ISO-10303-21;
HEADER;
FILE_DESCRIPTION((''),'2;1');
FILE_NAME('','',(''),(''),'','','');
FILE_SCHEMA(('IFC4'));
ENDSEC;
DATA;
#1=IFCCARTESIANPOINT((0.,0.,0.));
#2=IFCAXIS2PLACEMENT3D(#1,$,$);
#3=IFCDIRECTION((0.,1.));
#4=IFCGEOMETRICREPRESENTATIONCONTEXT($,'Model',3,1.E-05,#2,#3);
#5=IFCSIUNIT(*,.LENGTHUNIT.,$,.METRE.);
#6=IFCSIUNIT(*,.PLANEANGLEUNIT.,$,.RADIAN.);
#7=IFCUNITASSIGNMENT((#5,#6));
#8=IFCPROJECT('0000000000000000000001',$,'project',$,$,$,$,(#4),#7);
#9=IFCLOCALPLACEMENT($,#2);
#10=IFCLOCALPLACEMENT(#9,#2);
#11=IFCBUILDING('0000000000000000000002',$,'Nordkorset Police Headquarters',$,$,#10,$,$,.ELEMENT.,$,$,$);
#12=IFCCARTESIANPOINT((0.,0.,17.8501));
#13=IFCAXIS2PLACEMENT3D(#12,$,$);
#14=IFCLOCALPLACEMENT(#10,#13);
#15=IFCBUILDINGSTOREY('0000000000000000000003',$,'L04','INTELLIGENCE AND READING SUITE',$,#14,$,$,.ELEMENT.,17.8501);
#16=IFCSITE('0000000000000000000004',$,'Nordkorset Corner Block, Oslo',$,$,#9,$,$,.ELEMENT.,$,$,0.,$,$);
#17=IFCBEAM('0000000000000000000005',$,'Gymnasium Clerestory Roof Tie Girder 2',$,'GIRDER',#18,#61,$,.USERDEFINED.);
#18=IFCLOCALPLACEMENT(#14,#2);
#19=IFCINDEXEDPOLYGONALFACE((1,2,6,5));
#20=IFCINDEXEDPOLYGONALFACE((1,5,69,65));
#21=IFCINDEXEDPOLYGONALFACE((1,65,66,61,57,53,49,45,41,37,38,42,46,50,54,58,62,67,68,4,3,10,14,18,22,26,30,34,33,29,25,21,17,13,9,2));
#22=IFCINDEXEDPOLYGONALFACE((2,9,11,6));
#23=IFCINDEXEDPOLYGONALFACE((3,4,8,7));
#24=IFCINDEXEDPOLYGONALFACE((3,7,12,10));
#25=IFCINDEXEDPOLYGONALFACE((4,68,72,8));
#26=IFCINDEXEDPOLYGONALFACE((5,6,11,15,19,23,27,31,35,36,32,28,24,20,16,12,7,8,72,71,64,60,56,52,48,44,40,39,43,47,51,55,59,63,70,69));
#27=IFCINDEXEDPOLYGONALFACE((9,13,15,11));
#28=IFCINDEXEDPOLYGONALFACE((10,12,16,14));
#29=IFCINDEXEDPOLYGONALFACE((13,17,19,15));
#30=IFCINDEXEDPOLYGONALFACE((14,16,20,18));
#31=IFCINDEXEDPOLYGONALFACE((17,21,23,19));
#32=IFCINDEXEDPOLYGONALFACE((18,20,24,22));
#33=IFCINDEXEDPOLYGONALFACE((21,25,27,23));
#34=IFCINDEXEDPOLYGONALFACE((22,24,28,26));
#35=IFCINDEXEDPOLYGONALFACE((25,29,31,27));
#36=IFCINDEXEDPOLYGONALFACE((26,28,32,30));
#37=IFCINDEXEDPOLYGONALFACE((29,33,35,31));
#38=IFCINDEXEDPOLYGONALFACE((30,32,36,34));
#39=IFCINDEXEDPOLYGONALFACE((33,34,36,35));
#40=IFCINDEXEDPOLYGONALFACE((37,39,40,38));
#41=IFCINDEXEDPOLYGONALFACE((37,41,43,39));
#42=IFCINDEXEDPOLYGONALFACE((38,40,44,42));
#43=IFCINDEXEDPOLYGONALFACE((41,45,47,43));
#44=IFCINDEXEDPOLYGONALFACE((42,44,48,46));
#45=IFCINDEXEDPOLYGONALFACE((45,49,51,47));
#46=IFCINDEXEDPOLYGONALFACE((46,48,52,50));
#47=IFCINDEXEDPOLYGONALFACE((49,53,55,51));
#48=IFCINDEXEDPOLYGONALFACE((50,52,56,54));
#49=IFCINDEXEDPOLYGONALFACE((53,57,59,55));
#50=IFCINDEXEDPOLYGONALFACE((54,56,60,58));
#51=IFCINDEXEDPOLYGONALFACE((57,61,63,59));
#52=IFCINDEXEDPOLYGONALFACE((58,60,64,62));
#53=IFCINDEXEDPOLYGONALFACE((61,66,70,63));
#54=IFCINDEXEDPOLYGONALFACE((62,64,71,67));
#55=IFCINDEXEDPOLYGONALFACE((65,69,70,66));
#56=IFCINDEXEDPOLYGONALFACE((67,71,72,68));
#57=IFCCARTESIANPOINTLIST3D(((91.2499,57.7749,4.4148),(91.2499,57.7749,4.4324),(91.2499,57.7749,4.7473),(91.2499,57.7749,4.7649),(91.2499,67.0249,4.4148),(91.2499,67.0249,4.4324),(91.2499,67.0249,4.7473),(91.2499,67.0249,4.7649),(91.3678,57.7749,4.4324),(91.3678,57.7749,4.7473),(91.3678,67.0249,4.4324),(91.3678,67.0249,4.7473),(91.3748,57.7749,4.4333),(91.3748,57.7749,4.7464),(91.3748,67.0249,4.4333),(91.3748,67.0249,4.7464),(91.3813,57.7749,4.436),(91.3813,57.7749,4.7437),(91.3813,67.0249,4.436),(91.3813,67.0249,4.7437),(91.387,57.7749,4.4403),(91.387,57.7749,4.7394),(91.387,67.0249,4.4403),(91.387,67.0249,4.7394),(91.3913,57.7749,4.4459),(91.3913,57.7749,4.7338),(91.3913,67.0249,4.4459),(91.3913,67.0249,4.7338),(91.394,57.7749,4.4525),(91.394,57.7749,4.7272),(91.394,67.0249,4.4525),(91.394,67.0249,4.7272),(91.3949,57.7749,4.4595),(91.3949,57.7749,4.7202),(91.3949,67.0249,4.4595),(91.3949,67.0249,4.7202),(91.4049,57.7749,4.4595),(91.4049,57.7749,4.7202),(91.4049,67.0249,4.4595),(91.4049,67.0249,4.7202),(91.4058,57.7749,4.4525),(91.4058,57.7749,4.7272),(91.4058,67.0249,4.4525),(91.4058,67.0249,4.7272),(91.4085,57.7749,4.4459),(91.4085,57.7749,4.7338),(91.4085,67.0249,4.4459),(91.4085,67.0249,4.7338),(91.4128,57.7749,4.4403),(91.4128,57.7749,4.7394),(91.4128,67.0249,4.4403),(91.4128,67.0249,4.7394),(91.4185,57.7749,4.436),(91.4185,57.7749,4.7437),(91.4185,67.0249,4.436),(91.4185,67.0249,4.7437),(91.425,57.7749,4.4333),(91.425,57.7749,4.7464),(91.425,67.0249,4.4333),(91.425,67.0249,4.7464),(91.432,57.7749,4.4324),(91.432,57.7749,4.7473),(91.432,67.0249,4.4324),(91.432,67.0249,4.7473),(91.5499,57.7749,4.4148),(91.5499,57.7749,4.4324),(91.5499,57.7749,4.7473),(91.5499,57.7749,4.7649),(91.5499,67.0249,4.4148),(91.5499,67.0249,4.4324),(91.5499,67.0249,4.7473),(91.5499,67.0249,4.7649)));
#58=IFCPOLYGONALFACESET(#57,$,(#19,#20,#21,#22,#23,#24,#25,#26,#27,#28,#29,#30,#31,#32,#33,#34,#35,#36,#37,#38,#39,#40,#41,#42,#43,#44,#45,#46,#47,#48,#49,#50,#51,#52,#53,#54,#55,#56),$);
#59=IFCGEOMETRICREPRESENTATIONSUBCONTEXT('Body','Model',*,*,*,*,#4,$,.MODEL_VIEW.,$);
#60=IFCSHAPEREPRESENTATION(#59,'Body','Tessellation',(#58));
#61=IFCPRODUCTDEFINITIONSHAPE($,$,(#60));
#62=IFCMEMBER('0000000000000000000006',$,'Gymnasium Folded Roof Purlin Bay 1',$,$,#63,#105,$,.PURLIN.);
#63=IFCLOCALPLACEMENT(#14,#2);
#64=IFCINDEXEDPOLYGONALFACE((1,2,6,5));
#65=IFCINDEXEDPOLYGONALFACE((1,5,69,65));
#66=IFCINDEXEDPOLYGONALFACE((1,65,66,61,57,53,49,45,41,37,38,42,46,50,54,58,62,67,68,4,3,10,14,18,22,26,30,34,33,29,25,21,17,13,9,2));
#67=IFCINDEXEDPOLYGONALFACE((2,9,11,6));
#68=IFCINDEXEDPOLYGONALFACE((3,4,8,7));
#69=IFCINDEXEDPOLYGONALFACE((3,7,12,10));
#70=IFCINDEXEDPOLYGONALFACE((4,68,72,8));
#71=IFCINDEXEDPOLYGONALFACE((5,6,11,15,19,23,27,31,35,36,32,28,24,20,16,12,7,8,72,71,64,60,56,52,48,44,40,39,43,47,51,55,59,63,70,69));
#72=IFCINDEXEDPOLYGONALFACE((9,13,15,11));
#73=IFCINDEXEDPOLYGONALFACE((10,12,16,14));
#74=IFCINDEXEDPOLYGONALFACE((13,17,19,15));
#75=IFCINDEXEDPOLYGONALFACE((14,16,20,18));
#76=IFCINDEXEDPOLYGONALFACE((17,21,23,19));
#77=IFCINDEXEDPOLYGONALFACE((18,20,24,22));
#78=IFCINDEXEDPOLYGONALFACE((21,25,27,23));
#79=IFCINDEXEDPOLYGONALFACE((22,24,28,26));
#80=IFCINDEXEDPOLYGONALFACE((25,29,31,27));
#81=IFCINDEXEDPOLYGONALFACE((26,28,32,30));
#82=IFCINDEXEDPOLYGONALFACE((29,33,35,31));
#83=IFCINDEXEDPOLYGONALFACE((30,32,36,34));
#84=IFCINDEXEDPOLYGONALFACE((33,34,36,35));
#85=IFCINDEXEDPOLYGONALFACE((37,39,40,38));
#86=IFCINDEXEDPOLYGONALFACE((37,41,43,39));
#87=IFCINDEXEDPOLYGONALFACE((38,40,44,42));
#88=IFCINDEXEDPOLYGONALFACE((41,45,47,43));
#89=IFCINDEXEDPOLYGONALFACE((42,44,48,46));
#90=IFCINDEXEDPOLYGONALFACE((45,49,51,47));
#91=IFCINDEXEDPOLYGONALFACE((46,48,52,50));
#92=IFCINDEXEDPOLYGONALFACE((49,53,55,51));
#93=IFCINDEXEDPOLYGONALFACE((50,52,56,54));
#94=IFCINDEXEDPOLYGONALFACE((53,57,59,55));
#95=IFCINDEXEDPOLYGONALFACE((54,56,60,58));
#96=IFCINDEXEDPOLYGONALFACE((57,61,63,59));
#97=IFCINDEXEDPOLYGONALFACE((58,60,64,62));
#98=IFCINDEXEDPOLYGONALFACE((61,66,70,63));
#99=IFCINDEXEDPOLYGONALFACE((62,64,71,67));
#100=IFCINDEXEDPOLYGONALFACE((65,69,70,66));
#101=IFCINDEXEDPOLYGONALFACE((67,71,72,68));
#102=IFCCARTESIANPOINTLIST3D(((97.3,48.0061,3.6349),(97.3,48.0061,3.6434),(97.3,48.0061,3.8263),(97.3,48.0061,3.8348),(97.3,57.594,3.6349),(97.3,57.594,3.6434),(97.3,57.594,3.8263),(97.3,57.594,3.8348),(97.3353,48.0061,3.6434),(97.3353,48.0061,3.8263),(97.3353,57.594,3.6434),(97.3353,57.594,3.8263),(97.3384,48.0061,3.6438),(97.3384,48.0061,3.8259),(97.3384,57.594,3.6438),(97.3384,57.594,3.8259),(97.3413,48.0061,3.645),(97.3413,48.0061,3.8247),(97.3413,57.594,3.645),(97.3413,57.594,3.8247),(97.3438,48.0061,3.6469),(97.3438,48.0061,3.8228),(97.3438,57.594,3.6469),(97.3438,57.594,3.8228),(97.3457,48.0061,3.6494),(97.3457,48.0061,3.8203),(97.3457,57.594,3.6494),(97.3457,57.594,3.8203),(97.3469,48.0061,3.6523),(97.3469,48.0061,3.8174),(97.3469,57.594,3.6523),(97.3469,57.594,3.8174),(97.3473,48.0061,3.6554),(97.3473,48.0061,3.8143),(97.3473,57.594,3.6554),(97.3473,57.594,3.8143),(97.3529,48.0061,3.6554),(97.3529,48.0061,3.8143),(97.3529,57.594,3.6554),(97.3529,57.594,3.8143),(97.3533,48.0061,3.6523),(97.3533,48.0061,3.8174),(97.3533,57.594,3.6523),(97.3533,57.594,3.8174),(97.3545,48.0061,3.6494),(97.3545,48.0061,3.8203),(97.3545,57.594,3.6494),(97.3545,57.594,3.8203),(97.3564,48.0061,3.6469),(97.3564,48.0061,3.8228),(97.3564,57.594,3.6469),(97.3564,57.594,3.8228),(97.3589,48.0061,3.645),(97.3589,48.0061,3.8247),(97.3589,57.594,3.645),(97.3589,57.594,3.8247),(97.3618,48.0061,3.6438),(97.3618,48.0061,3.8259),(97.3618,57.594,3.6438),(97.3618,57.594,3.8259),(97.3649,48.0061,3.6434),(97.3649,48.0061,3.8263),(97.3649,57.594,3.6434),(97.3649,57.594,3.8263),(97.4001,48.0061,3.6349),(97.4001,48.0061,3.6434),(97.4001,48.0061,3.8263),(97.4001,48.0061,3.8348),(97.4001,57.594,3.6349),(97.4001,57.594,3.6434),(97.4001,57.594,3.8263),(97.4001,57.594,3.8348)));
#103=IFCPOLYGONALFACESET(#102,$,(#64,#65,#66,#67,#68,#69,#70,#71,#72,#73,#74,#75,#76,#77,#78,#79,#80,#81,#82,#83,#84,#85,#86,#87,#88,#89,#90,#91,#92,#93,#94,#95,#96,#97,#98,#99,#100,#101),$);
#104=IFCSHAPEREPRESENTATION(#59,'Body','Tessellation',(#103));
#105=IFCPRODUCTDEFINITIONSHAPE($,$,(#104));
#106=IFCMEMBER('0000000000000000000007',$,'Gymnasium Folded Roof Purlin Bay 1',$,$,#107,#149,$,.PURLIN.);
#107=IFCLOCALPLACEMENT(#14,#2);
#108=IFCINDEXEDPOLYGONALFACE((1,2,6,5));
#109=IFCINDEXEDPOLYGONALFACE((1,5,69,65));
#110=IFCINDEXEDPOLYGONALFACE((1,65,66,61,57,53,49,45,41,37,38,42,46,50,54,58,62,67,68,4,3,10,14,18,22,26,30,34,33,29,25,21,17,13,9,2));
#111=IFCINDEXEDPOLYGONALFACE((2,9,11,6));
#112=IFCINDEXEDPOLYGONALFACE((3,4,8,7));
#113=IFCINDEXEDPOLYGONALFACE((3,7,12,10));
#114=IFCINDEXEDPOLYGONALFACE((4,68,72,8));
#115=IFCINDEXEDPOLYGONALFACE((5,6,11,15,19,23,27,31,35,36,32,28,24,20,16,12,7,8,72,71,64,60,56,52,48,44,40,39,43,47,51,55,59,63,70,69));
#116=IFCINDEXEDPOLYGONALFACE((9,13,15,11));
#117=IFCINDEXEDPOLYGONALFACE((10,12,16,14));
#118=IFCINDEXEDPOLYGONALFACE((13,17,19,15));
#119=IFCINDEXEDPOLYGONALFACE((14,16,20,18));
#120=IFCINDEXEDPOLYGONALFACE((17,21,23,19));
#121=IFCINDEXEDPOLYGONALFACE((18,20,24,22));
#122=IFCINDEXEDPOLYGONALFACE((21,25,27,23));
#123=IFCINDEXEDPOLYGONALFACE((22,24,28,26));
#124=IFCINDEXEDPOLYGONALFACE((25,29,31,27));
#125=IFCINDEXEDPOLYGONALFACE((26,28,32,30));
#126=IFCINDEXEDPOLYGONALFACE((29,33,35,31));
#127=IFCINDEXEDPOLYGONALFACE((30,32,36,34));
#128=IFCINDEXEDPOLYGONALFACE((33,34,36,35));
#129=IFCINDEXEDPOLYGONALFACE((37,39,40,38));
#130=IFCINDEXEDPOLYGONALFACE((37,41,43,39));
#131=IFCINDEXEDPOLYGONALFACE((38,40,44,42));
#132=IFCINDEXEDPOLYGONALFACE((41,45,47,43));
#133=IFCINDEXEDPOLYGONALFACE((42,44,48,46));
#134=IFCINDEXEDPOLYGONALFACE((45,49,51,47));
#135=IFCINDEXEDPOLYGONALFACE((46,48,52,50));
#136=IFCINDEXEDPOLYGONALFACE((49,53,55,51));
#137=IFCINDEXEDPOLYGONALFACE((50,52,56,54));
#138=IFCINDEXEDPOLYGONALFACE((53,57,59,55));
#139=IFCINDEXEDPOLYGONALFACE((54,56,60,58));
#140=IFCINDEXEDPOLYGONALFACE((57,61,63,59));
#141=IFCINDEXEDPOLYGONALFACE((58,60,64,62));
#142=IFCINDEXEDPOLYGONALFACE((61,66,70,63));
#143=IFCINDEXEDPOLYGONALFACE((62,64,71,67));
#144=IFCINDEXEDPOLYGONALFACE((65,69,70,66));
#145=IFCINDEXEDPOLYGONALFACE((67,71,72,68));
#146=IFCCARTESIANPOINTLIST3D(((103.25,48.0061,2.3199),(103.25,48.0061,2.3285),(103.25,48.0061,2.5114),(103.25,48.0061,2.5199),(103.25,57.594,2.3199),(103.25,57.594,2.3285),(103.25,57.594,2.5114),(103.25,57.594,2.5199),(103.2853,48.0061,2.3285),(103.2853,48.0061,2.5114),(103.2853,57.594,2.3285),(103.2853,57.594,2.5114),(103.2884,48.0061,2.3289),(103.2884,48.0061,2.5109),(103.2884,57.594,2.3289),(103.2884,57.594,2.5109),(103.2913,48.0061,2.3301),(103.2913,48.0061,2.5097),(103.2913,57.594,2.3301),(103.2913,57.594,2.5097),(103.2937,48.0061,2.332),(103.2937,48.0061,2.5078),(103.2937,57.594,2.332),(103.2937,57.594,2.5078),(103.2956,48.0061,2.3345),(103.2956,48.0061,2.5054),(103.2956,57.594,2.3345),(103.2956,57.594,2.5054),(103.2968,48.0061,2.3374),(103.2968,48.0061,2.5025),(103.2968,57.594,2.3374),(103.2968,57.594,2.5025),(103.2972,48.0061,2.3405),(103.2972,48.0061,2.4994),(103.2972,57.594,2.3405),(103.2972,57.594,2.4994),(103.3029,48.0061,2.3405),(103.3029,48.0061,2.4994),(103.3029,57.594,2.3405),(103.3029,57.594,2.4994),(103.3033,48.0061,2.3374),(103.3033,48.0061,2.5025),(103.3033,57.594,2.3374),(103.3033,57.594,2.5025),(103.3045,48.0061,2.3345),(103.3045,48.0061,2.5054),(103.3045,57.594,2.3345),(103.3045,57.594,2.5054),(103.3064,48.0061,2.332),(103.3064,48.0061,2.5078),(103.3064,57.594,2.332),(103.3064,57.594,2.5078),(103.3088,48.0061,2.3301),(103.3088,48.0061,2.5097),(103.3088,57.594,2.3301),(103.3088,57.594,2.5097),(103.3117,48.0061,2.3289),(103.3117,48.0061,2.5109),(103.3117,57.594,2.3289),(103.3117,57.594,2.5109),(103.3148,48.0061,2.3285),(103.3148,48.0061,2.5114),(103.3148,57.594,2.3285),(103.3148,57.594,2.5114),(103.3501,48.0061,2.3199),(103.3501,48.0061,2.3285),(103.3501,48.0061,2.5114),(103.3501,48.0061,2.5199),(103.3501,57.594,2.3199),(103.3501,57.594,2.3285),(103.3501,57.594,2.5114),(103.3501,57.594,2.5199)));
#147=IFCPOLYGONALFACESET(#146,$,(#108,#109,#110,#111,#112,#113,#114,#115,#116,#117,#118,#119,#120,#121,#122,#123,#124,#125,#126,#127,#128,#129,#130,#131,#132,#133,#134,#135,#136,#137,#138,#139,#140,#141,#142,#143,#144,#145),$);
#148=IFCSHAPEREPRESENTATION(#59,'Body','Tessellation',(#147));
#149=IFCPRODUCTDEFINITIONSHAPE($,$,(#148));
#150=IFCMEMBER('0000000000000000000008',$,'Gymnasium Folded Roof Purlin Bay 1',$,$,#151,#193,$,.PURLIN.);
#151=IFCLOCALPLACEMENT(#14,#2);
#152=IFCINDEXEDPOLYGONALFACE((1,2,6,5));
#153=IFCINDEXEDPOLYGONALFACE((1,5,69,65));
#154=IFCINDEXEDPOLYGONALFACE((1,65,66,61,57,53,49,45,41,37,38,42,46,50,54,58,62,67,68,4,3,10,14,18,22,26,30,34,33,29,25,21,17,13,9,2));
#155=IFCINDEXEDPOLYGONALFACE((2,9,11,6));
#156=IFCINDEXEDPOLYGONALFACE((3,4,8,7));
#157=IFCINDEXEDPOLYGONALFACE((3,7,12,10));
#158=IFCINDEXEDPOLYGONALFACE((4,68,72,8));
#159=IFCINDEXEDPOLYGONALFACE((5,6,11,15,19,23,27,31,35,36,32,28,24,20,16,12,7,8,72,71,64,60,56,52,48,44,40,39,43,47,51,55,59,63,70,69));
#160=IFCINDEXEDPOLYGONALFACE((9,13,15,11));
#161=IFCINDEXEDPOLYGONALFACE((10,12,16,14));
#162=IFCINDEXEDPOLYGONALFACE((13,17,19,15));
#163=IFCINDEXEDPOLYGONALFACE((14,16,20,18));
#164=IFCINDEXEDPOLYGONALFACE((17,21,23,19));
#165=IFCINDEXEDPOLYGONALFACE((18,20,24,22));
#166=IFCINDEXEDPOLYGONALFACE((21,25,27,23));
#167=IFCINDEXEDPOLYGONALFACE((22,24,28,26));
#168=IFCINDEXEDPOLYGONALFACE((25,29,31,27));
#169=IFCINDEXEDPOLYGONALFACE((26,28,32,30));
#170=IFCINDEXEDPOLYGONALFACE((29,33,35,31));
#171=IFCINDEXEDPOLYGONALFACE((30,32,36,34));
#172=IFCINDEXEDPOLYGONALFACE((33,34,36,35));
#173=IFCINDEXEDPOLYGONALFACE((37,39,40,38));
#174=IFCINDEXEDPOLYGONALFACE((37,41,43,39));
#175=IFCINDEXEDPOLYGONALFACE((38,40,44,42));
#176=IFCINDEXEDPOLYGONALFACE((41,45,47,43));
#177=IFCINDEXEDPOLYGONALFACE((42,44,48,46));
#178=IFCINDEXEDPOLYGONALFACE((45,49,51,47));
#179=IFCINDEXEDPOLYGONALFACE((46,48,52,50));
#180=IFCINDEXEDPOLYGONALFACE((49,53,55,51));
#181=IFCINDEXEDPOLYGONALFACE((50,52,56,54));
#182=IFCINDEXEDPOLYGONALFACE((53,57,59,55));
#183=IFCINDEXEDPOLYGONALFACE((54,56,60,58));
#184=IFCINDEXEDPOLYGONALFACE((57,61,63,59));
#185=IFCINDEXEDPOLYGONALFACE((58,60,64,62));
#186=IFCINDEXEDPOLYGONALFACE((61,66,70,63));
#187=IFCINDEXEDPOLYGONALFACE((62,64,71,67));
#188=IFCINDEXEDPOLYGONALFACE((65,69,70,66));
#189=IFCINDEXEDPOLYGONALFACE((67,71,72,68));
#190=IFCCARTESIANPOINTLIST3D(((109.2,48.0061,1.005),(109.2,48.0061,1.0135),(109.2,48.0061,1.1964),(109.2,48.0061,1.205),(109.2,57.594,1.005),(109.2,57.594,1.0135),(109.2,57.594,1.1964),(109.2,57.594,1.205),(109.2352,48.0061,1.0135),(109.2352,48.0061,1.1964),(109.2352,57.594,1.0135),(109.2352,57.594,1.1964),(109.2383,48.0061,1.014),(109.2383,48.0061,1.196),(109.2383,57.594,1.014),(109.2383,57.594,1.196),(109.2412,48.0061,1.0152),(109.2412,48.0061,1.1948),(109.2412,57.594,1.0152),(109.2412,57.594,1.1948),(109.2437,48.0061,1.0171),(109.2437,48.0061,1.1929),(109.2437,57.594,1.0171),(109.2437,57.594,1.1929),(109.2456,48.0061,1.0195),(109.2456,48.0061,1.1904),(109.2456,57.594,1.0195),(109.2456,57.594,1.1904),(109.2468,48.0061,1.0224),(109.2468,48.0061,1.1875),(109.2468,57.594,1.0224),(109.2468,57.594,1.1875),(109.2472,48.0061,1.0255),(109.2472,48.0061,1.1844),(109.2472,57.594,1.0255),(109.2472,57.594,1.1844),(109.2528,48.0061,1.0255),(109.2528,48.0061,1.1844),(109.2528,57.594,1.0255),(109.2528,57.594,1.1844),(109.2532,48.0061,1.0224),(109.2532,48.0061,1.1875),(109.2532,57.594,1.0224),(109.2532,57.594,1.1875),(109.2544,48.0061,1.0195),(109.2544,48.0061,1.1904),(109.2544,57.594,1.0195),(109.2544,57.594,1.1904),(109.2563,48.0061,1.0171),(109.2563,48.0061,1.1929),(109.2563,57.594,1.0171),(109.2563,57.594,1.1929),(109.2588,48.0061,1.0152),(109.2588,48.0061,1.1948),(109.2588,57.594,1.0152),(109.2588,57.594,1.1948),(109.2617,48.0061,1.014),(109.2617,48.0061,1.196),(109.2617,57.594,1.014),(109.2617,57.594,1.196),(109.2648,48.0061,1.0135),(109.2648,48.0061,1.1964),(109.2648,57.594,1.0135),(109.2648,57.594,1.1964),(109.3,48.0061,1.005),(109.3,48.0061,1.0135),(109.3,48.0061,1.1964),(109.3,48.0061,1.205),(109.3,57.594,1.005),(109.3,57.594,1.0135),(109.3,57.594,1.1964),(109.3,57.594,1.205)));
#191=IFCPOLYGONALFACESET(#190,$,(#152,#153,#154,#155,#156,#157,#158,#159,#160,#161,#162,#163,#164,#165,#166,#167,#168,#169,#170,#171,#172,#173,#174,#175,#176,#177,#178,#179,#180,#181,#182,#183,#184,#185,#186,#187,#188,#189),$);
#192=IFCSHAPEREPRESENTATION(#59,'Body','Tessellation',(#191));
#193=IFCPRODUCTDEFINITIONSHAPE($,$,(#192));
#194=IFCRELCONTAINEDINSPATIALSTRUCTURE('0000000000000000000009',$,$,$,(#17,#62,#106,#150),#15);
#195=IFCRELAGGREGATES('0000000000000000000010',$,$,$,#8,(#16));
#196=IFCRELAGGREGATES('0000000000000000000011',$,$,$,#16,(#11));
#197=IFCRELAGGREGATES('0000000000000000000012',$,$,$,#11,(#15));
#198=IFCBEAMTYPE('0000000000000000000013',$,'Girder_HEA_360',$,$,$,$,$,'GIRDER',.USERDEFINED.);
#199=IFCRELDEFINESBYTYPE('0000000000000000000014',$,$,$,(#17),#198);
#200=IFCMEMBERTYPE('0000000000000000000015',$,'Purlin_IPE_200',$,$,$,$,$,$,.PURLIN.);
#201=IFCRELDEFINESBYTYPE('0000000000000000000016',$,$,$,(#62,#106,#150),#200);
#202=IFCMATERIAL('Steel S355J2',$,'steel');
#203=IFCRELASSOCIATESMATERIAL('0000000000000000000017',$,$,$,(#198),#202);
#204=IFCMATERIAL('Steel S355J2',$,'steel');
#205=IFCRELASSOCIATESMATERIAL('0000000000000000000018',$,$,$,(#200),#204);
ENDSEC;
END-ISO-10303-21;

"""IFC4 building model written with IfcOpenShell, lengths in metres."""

from ifc_helpers import new_model, si_unit, direction, frame, origin, origin_2d, place, context, subcontext, project, spatial, i_section, extrude, material, material_profile, profile_set, type_object, element, save


model = new_model("IFC4")

# Units and contexts
model_context = context("Model", 3, precision=1e-05, world=origin(), true_north=direction((0.0, 1.0)))
body_context = subcontext(model_context, "Body", "Model", "MODEL_VIEW")
ifc_project = project(units=[si_unit("LENGTHUNIT", "METRE"), si_unit("PLANEANGLEUNIT", "RADIAN")], contexts=[model_context])

# Site, building, storey
site_placement = place(None, origin())
site = spatial("IfcSite", under=ifc_project, at=site_placement, Name="Nordkorset Corner Block, Oslo", CompositionType="ELEMENT", RefElevation=0.0)
building_placement = place(site_placement, origin())
building = spatial("IfcBuilding", under=site, at=building_placement, Name="Nordkorset Police Headquarters", CompositionType="ELEMENT")
storey_placement = place(building_placement, frame((0.0, 0.0, 17.8501)))
storey = spatial("IfcBuildingStorey", under=building, at=storey_placement, Name="L04", Description="INTELLIGENCE AND READING SUITE", CompositionType="ELEMENT", Elevation=17.8501)

# Beam
ifc_material_1 = material(Name="Steel S355J2", Category="steel")
ifc_material_profile_1 = material_profile(ifc_material_1, i_section(OverallWidth=0.3, OverallDepth=0.3501, WebThickness=0.01, FlangeThickness=0.0176, FilletRadius=0.0271, at=origin_2d()), Name="HEA 360")
ifc_profile_set_1 = profile_set([ifc_material_profile_1], Name="Steel S355J2")
beam_type = type_object("IfcBeamType", Name="Girder_HEA_360", ElementType="GIRDER", PredefinedType="USERDEFINED", material=ifc_profile_set_1)
beam_placement = place(storey_placement, frame((91.3999, 57.7749, 4.5898), z_axis=(0.0, 1.0, 0.0), x_axis=(-1.0, 0.0, 0.0)))
element("IfcBeam", 1, at=beam_placement, inside=storey, type_object=beam_type, Name="Gymnasium Clerestory Roof Tie Girder 2", ObjectType="GIRDER", PredefinedType="USERDEFINED", context=body_context, shape_type="SweptSolid", body=[
    extrude(i_section(OverallWidth=0.3, OverallDepth=0.3501, WebThickness=0.01, FlangeThickness=0.0176, FilletRadius=0.0271, at=origin_2d()), origin(), (0.0, 0.0, 1.0), 9.25),
])

# Members
ifc_material_2 = material(Name="Steel S355J2", Category="steel")
ifc_material_profile_2 = material_profile(ifc_material_2, i_section(OverallWidth=0.1001, OverallDepth=0.2, WebThickness=0.0056, FlangeThickness=0.0085, FilletRadius=0.012, at=origin_2d()), Name="IPE 200")
ifc_profile_set_2 = profile_set([ifc_material_profile_2], Name="Steel S355J2")
member_type_1 = type_object("IfcMemberType", Name="Purlin_IPE_200", PredefinedType="PURLIN", material=ifc_profile_set_2)
for number, where, z_axis, x_axis, name in (
    (2, (97.3501, 48.0061, 3.7349), (0.0, 1.0, 0.0), (-1.0, 0.0, 0.0), "Gymnasium Folded Roof Purlin Bay 1"),
    (3, (103.3, 48.0061, 2.4199), (0.0, 1.0, 0.0), (-1.0, 0.0, 0.0), "Gymnasium Folded Roof Purlin Bay 1"),
    (4, (109.25, 48.0061, 1.105), (0.0, 1.0, 0.0), (-1.0, 0.0, 0.0), "Gymnasium Folded Roof Purlin Bay 1"),
):
    element("IfcMember", number, at=place(storey_placement, frame(where, z_axis=z_axis, x_axis=x_axis)), inside=storey, type_object=member_type_1, Name=name, PredefinedType="PURLIN", context=body_context, shape_type="SweptSolid", body=[
        extrude(i_section(OverallWidth=0.1001, OverallDepth=0.2, WebThickness=0.0056, FlangeThickness=0.0085, FilletRadius=0.012, at=origin_2d()), origin(), (0.0, 0.0, 1.0), 9.5879),
    ])

save(model, "model.ifc")
